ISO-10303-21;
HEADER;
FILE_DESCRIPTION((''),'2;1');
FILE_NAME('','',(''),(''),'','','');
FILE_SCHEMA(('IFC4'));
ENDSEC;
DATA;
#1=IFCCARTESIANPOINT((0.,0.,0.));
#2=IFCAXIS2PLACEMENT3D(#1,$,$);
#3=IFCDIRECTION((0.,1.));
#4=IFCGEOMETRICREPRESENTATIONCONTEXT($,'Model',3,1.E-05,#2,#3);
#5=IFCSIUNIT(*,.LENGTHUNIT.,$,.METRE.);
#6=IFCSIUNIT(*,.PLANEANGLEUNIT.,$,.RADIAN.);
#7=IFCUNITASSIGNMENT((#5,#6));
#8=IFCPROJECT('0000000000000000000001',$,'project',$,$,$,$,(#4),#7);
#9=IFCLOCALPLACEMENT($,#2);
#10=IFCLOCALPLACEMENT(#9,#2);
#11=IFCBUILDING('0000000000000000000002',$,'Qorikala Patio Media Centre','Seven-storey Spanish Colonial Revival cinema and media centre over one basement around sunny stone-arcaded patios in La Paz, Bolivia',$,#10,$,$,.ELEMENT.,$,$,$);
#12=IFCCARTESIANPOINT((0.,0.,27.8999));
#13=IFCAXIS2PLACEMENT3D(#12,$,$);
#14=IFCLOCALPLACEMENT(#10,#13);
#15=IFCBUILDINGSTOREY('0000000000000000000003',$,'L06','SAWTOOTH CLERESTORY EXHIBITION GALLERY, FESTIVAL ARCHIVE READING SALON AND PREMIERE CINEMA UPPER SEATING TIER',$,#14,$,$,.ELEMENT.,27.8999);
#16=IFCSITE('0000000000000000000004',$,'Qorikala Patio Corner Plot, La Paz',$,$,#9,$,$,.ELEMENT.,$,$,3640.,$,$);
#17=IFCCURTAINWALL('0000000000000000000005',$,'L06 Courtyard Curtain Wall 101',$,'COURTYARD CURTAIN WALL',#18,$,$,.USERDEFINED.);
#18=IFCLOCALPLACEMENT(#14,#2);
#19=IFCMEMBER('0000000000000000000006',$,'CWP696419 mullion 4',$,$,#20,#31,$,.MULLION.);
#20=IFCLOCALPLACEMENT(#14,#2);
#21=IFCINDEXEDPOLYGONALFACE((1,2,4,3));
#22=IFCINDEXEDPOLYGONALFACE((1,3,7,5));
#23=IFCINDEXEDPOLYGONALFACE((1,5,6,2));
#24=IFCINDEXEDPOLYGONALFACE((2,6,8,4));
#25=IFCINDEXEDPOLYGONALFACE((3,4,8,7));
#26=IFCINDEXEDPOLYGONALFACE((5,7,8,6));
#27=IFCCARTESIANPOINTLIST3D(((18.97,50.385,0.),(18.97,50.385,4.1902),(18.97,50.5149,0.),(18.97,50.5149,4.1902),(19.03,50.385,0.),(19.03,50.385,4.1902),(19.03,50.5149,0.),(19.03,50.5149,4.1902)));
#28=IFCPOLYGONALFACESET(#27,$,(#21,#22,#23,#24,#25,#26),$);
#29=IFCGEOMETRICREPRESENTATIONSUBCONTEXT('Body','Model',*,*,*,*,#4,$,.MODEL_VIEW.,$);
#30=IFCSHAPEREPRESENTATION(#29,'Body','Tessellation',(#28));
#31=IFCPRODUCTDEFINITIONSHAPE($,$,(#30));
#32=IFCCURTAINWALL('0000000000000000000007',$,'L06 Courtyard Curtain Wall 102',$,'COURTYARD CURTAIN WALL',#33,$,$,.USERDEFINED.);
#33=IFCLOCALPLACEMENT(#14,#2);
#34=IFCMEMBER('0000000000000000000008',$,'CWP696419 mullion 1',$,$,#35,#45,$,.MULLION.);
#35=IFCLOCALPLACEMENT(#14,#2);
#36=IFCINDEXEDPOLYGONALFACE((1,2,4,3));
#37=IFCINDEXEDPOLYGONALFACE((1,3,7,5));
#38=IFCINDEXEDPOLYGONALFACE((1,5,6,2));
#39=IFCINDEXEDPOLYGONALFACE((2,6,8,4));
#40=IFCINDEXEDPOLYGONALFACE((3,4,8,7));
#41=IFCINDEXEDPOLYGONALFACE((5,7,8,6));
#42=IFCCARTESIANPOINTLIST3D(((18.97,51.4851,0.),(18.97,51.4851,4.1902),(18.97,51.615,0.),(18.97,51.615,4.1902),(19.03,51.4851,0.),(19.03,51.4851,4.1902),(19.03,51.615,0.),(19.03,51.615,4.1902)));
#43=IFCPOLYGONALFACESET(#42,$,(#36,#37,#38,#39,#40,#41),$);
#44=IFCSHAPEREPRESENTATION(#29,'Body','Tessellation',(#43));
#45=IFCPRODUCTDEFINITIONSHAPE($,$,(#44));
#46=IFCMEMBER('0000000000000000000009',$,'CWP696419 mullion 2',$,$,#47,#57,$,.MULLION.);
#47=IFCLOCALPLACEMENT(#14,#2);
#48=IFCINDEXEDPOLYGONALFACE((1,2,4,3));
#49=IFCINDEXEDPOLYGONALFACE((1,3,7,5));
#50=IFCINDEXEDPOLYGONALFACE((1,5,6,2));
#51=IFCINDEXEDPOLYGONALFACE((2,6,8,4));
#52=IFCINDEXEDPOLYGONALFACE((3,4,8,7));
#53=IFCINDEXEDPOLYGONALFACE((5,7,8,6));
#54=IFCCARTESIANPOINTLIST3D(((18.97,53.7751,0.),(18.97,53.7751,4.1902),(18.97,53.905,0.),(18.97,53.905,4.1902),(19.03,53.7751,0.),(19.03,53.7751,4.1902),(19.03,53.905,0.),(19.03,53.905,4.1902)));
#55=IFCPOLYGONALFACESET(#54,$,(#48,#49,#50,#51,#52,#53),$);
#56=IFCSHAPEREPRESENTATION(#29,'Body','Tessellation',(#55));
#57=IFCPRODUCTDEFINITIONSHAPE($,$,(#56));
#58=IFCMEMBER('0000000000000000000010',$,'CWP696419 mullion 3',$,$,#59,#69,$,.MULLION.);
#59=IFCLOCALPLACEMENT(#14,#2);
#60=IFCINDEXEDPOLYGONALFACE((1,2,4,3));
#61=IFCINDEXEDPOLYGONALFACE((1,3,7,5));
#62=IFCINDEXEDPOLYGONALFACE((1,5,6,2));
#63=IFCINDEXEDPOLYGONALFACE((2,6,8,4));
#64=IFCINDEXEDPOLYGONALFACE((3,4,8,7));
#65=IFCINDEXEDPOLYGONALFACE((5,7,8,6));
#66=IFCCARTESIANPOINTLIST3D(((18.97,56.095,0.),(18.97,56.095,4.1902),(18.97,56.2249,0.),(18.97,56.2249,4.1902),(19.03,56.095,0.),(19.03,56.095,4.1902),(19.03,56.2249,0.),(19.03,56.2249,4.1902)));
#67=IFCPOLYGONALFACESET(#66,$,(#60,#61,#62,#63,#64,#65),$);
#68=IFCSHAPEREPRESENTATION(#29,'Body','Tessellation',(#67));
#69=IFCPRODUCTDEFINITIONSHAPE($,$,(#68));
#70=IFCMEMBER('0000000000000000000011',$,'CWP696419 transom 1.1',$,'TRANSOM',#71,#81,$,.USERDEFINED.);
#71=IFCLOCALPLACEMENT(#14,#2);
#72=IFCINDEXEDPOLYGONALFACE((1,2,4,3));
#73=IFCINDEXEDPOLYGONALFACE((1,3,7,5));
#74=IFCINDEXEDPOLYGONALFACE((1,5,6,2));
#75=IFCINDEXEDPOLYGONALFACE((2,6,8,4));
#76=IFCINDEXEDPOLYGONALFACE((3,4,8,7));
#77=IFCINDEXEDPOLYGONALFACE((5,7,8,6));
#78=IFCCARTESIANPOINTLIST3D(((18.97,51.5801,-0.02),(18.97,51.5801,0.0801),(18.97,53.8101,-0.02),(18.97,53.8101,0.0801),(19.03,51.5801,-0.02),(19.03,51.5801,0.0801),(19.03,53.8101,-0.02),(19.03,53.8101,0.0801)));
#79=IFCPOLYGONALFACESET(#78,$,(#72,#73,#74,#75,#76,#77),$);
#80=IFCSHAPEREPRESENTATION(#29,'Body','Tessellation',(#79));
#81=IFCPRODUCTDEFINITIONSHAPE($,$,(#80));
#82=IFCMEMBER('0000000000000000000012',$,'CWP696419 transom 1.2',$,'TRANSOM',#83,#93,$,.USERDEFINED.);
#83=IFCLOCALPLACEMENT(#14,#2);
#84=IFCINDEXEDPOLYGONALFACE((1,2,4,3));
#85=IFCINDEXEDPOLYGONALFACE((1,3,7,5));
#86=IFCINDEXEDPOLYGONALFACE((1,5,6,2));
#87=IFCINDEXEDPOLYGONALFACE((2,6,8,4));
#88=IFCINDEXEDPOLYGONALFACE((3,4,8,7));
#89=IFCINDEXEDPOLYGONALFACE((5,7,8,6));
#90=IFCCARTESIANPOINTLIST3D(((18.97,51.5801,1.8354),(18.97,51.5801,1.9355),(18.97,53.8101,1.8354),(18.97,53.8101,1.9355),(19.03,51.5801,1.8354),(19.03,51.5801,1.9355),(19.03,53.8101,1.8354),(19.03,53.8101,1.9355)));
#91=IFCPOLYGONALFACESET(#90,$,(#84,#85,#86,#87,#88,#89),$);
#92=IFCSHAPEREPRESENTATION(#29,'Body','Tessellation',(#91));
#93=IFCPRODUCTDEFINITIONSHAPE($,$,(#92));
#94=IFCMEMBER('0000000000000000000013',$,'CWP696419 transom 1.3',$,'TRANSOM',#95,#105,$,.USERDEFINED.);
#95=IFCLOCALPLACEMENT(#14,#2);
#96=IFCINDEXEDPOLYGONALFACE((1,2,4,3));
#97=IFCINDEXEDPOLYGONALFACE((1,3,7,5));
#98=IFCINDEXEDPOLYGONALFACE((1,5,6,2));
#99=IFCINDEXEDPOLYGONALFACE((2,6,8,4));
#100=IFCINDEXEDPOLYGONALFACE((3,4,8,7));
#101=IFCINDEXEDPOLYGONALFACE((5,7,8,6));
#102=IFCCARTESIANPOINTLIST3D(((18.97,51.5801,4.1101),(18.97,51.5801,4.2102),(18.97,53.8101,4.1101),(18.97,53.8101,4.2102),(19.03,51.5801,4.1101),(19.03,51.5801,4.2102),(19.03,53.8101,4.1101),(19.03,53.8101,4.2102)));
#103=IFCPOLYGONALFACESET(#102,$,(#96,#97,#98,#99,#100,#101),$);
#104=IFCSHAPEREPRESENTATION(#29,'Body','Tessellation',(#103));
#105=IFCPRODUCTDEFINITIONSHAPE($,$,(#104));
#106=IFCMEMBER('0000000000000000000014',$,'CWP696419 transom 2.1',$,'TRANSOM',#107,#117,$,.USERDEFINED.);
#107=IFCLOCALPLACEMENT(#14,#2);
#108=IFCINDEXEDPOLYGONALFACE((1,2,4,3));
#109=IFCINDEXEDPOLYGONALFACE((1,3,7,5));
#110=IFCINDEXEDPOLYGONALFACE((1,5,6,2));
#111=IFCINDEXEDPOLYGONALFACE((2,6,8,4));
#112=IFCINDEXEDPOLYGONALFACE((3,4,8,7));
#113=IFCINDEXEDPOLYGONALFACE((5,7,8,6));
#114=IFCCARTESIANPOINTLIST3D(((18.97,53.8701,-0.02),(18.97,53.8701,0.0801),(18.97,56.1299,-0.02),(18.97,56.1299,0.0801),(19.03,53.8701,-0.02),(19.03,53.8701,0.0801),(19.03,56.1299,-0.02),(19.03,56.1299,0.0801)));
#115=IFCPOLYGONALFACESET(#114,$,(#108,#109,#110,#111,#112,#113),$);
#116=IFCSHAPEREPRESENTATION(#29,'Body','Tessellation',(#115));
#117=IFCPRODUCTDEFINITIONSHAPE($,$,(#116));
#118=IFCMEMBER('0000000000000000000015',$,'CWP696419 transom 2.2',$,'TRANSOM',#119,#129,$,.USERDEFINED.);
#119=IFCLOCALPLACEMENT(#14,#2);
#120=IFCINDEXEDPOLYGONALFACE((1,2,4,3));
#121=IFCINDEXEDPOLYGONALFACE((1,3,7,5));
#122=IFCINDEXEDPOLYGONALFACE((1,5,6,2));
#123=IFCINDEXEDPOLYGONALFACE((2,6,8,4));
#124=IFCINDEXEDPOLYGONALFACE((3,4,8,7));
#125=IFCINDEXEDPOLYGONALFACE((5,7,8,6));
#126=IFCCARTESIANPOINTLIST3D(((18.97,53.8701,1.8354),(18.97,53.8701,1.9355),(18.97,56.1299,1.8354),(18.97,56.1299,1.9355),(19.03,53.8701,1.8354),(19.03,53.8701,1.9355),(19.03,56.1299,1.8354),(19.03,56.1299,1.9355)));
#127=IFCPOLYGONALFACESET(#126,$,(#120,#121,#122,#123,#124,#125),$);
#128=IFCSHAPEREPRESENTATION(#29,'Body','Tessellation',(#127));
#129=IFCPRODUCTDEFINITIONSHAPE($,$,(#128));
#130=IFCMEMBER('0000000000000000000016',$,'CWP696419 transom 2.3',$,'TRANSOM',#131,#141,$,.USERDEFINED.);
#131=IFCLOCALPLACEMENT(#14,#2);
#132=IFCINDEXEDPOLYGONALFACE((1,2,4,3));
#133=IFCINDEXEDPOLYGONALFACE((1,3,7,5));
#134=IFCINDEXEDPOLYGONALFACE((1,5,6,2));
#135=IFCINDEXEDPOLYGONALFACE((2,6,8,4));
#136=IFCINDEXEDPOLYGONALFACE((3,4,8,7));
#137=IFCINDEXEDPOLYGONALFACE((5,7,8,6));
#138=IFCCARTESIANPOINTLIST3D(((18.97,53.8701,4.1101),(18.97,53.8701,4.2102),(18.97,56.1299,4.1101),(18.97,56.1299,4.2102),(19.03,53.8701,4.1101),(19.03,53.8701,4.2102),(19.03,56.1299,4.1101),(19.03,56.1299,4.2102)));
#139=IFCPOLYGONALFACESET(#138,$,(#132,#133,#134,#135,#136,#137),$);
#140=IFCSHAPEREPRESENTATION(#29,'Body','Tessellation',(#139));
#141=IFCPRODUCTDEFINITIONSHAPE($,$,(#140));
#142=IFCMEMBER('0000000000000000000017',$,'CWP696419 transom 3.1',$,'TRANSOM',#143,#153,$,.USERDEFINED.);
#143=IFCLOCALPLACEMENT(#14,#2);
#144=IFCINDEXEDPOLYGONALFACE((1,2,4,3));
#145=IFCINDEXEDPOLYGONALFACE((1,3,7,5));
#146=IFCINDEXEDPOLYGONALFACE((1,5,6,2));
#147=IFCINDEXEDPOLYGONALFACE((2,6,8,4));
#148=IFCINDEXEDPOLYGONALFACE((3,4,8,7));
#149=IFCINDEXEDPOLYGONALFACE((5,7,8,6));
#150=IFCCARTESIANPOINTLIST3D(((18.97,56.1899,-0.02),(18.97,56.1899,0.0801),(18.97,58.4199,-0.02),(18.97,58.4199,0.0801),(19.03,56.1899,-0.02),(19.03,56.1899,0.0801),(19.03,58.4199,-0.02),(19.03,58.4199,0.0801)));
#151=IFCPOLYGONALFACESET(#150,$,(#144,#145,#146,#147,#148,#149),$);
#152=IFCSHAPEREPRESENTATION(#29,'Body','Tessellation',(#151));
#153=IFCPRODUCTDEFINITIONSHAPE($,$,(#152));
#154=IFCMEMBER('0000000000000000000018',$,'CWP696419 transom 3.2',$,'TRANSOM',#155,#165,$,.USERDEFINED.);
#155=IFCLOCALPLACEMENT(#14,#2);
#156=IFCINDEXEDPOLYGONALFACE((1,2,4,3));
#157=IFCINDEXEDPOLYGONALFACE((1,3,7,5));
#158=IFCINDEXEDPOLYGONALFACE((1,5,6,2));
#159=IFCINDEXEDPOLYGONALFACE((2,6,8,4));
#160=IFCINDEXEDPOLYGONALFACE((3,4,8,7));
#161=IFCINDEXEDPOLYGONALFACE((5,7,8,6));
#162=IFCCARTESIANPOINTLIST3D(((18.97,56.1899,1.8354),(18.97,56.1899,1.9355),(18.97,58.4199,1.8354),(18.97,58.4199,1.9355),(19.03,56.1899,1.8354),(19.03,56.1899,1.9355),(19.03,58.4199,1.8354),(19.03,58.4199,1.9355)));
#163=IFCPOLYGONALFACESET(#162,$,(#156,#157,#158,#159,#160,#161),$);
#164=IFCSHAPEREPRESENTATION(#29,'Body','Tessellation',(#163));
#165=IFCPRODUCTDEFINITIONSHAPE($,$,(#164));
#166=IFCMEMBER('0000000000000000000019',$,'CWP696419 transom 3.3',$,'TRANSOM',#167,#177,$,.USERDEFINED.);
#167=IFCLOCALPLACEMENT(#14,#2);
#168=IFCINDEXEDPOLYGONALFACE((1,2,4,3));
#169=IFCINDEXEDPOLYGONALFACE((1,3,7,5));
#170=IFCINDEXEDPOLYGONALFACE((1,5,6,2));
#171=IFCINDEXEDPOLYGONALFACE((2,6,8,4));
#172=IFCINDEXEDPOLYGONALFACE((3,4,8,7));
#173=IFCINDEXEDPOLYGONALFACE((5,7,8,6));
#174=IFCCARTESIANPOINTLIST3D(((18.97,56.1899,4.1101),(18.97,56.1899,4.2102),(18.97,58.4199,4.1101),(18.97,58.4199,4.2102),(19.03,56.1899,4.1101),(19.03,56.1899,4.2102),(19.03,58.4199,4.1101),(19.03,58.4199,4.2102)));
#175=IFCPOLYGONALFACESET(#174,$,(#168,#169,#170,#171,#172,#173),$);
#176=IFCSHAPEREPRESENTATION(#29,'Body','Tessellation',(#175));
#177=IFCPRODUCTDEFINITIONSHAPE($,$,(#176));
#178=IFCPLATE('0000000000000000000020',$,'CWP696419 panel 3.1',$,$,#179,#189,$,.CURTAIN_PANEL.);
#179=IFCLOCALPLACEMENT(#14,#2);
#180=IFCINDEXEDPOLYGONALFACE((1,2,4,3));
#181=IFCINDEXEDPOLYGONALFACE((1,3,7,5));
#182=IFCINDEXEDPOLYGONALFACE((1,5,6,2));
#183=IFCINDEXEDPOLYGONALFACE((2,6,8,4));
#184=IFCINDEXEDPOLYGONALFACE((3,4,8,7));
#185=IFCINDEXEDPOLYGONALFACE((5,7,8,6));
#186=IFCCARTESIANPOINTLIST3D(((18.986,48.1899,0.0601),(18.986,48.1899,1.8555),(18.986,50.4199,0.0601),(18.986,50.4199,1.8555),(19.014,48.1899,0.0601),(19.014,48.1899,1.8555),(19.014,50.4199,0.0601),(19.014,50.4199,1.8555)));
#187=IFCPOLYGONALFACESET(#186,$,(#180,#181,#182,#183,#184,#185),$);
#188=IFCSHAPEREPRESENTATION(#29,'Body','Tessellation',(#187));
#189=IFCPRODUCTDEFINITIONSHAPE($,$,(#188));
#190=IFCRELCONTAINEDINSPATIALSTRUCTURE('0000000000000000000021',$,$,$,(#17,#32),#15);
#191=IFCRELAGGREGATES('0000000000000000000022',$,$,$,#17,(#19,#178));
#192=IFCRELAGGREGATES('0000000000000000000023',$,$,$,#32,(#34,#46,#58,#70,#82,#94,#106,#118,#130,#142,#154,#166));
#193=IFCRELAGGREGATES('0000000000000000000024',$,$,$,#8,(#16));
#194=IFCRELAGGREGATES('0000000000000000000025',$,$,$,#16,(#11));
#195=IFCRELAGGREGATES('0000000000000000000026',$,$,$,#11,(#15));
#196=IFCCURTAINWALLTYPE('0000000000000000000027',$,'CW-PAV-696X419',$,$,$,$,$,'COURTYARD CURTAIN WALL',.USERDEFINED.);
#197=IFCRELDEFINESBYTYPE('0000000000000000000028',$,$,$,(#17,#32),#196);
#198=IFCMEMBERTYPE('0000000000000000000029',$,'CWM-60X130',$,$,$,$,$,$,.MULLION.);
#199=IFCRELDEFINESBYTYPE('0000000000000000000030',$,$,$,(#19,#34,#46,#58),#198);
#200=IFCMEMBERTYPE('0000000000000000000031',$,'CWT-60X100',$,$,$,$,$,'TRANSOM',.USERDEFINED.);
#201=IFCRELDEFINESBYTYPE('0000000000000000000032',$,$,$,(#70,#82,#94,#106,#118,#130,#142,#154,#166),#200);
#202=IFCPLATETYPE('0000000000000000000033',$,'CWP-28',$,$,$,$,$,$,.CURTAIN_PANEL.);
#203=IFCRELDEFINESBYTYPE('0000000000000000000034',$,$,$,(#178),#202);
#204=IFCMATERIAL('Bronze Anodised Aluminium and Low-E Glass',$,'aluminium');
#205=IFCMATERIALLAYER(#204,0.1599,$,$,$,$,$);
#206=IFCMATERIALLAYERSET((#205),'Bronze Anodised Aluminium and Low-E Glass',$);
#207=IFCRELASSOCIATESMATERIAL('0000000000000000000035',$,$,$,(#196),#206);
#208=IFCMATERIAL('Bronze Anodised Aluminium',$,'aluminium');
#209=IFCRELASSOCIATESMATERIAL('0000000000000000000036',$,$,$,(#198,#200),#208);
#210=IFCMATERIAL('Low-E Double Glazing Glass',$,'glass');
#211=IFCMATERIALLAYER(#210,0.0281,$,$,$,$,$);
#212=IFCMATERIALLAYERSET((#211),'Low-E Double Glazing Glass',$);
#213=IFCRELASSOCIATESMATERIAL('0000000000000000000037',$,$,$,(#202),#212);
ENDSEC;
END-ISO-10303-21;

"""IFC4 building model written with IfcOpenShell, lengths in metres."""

from ifc_helpers import new_model, si_unit, direction, frame, origin, origin_2d, place, context, subcontext, project, spatial, rectangle, extrude, material, layer, layer_set, material_profile, profile_set, type_object, element, aggregate, save


model = new_model("IFC4")

# Units and contexts
model_context = context("Model", 3, precision=1e-05, world=origin(), true_north=direction((0.0, 1.0)))
body_context = subcontext(model_context, "Body", "Model", "MODEL_VIEW")
ifc_project = project(units=[si_unit("LENGTHUNIT", "METRE"), si_unit("PLANEANGLEUNIT", "RADIAN")], contexts=[model_context])

# Site, building, storey
site_placement = place(None, origin())
site = spatial("IfcSite", under=ifc_project, at=site_placement, Name="Qorikala Patio Corner Plot, La Paz", CompositionType="ELEMENT", RefElevation=3640.0)
building_placement = place(site_placement, origin())
building = spatial("IfcBuilding", under=site, at=building_placement, Name="Qorikala Patio Media Centre", Description="Seven-storey Spanish Colonial Revival cinema and media centre over one basement around sunny stone-arcaded patios in La Paz, Bolivia", CompositionType="ELEMENT")
storey_placement = place(building_placement, frame((0.0, 0.0, 27.8999)))
storey = spatial("IfcBuildingStorey", under=building, at=storey_placement, Name="L06", Description="SAWTOOTH CLERESTORY EXHIBITION GALLERY, FESTIVAL ARCHIVE READING SALON AND PREMIERE CINEMA UPPER SEATING TIER", CompositionType="ELEMENT", Elevation=27.8999)

# Curtain wall, member
ifc_material_1 = material(Name="Bronze Anodised Aluminium and Low-E Glass", Category="aluminium")
ifc_layer_1 = layer(ifc_material_1, 0.1599)
ifc_layer_set_1 = layer_set([ifc_layer_1], Name="Bronze Anodised Aluminium and Low-E Glass")
curtain_wall_type = type_object("IfcCurtainWallType", Name="CW-PAV-696X419", ElementType="COURTYARD CURTAIN WALL", PredefinedType="USERDEFINED", material=ifc_layer_set_1)
curtain_wall_1_placement = place(storey_placement, origin())
curtain_wall_1 = element("IfcCurtainWall", 1, at=curtain_wall_1_placement, inside=storey, type_object=curtain_wall_type, Name="L06 Courtyard Curtain Wall 101", ObjectType="COURTYARD CURTAIN WALL", PredefinedType="USERDEFINED")
ifc_material_2 = material(Name="Bronze Anodised Aluminium", Category="aluminium")
ifc_material_profile_1 = material_profile(ifc_material_2, rectangle(XDim=0.0601, YDim=0.1299, at=origin_2d()), Name="ALU MULLION 60x130")
ifc_profile_set_1 = profile_set([ifc_material_profile_1], Name="Bronze Anodised Aluminium")
member_type_1 = type_object("IfcMemberType", Name="CWM-60X130", PredefinedType="MULLION", material=ifc_profile_set_1)
member_1_placement = place(storey_placement, frame((19.0, 50.45, 0.0), z_axis=(0.0, 0.0, 1.0), x_axis=(-1.0, 0.0, 0.0)))
member_1 = element("IfcMember", 2, at=member_1_placement, type_object=member_type_1, Name="CWP696419 mullion 4", PredefinedType="MULLION", context=body_context, shape_type="SweptSolid", body=[
    extrude(rectangle(XDim=0.0601, YDim=0.1299, at=origin_2d()), origin(), (0.0, 0.0, 1.0), 4.1902),
])

# Curtain wall, members
curtain_wall_2_placement = place(storey_placement, origin())
curtain_wall_2 = element("IfcCurtainWall", 3, at=curtain_wall_2_placement, inside=storey, type_object=curtain_wall_type, Name="L06 Courtyard Curtain Wall 102", ObjectType="COURTYARD CURTAIN WALL", PredefinedType="USERDEFINED")
member_2_placement = place(storey_placement, frame((19.0, 51.55, 0.0), z_axis=(0.0, 0.0, 1.0), x_axis=(-1.0, 0.0, 0.0)))
member_2 = element("IfcMember", 4, at=member_2_placement, type_object=member_type_1, Name="CWP696419 mullion 1", PredefinedType="MULLION", context=body_context, shape_type="SweptSolid", body=[
    extrude(rectangle(XDim=0.0601, YDim=0.1299, at=origin_2d()), origin(), (0.0, 0.0, 1.0), 4.1902),
])
member_3_placement = place(storey_placement, frame((19.0, 53.8401, 0.0), z_axis=(0.0, 0.0, 1.0), x_axis=(-1.0, 0.0, 0.0)))
member_3 = element("IfcMember", 5, at=member_3_placement, type_object=member_type_1, Name="CWP696419 mullion 2", PredefinedType="MULLION", context=body_context, shape_type="SweptSolid", body=[
    extrude(rectangle(XDim=0.0601, YDim=0.1299, at=origin_2d()), origin(), (0.0, 0.0, 1.0), 4.1902),
])
member_4_placement = place(storey_placement, frame((19.0, 56.1599, 0.0), z_axis=(0.0, 0.0, 1.0), x_axis=(-1.0, 0.0, 0.0)))
member_4 = element("IfcMember", 6, at=member_4_placement, type_object=member_type_1, Name="CWP696419 mullion 3", PredefinedType="MULLION", context=body_context, shape_type="SweptSolid", body=[
    extrude(rectangle(XDim=0.0601, YDim=0.1299, at=origin_2d()), origin(), (0.0, 0.0, 1.0), 4.1902),
])
ifc_material_profile_2 = material_profile(ifc_material_2, rectangle(XDim=0.0601, YDim=0.1001, at=origin_2d()), Name="ALU TRANSOM 60x100")
ifc_profile_set_2 = profile_set([ifc_material_profile_2], Name="Bronze Anodised Aluminium")
member_type_2 = type_object("IfcMemberType", Name="CWT-60X100", ElementType="TRANSOM", PredefinedType="USERDEFINED", material=ifc_profile_set_2)
member_5_placement = place(storey_placement, frame((19.0, 51.5801, 0.03), z_axis=(0.0, 1.0, 0.0), x_axis=(-1.0, 0.0, 0.0)))
member_5 = element("IfcMember", 7, at=member_5_placement, type_object=member_type_2, Name="CWP696419 transom 1.1", ObjectType="TRANSOM", PredefinedType="USERDEFINED", context=body_context, shape_type="SweptSolid", body=[
    extrude(rectangle(XDim=0.0601, YDim=0.1001, at=origin_2d()), origin(), (0.0, 0.0, 1.0), 2.23),
])
member_6_placement = place(storey_placement, frame((19.0, 51.5801, 1.8855), z_axis=(0.0, 1.0, 0.0), x_axis=(-1.0, 0.0, 0.0)))
member_6 = element("IfcMember", 8, at=member_6_placement, type_object=member_type_2, Name="CWP696419 transom 1.2", ObjectType="TRANSOM", PredefinedType="USERDEFINED", context=body_context, shape_type="SweptSolid", body=[
    extrude(rectangle(XDim=0.0601, YDim=0.1001, at=origin_2d()), origin(), (0.0, 0.0, 1.0), 2.23),
])
member_7_placement = place(storey_placement, frame((19.0, 51.5801, 4.1602), z_axis=(0.0, 1.0, 0.0), x_axis=(-1.0, 0.0, 0.0)))
member_7 = element("IfcMember", 9, at=member_7_placement, type_object=member_type_2, Name="CWP696419 transom 1.3", ObjectType="TRANSOM", PredefinedType="USERDEFINED", context=body_context, shape_type="SweptSolid", body=[
    extrude(rectangle(XDim=0.0601, YDim=0.1001, at=origin_2d()), origin(), (0.0, 0.0, 1.0), 2.23),
])
member_8_placement = place(storey_placement, frame((19.0, 53.8701, 0.03), z_axis=(0.0, 1.0, 0.0), x_axis=(-1.0, 0.0, 0.0)))
member_8 = element("IfcMember", 10, at=member_8_placement, type_object=member_type_2, Name="CWP696419 transom 2.1", ObjectType="TRANSOM", PredefinedType="USERDEFINED", context=body_context, shape_type="SweptSolid", body=[
    extrude(rectangle(XDim=0.0601, YDim=0.1001, at=origin_2d()), origin(), (0.0, 0.0, 1.0), 2.2598),
])
member_9_placement = place(storey_placement, frame((19.0, 53.8701, 1.8855), z_axis=(0.0, 1.0, 0.0), x_axis=(-1.0, 0.0, 0.0)))
member_9 = element("IfcMember", 11, at=member_9_placement, type_object=member_type_2, Name="CWP696419 transom 2.2", ObjectType="TRANSOM", PredefinedType="USERDEFINED", context=body_context, shape_type="SweptSolid", body=[
    extrude(rectangle(XDim=0.0601, YDim=0.1001, at=origin_2d()), origin(), (0.0, 0.0, 1.0), 2.2598),
])
member_10_placement = place(storey_placement, frame((19.0, 53.8701, 4.1602), z_axis=(0.0, 1.0, 0.0), x_axis=(-1.0, 0.0, 0.0)))
member_10 = element("IfcMember", 12, at=member_10_placement, type_object=member_type_2, Name="CWP696419 transom 2.3", ObjectType="TRANSOM", PredefinedType="USERDEFINED", context=body_context, shape_type="SweptSolid", body=[
    extrude(rectangle(XDim=0.0601, YDim=0.1001, at=origin_2d()), origin(), (0.0, 0.0, 1.0), 2.2598),
])
member_11_placement = place(storey_placement, frame((19.0, 56.1899, 0.03), z_axis=(0.0, 1.0, 0.0), x_axis=(-1.0, 0.0, 0.0)))
member_11 = element("IfcMember", 13, at=member_11_placement, type_object=member_type_2, Name="CWP696419 transom 3.1", ObjectType="TRANSOM", PredefinedType="USERDEFINED", context=body_context, shape_type="SweptSolid", body=[
    extrude(rectangle(XDim=0.0601, YDim=0.1001, at=origin_2d()), origin(), (0.0, 0.0, 1.0), 2.23),
])
member_12_placement = place(storey_placement, frame((19.0, 56.1899, 1.8855), z_axis=(0.0, 1.0, 0.0), x_axis=(-1.0, 0.0, 0.0)))
member_12 = element("IfcMember", 14, at=member_12_placement, type_object=member_type_2, Name="CWP696419 transom 3.2", ObjectType="TRANSOM", PredefinedType="USERDEFINED", context=body_context, shape_type="SweptSolid", body=[
    extrude(rectangle(XDim=0.0601, YDim=0.1001, at=origin_2d()), origin(), (0.0, 0.0, 1.0), 2.23),
])
member_13_placement = place(storey_placement, frame((19.0, 56.1899, 4.1602), z_axis=(0.0, 1.0, 0.0), x_axis=(-1.0, 0.0, 0.0)))
member_13 = element("IfcMember", 15, at=member_13_placement, type_object=member_type_2, Name="CWP696419 transom 3.3", ObjectType="TRANSOM", PredefinedType="USERDEFINED", context=body_context, shape_type="SweptSolid", body=[
    extrude(rectangle(XDim=0.0601, YDim=0.1001, at=origin_2d()), origin(), (0.0, 0.0, 1.0), 2.23),
])

# Plate
ifc_material_3 = material(Name="Low-E Double Glazing Glass", Category="glass")
ifc_layer_2 = layer(ifc_material_3, 0.0281)
ifc_layer_set_2 = layer_set([ifc_layer_2], Name="Low-E Double Glazing Glass")
plate_type = type_object("IfcPlateType", Name="CWP-28", PredefinedType="CURTAIN_PANEL", material=ifc_layer_set_2)
plate_1_placement = place(storey_placement, frame((19.0, 49.3049, 0.0601), z_axis=(0.0, 0.0, 1.0), x_axis=(0.0, 1.0, 0.0)))
plate_1 = element("IfcPlate", 16, at=plate_1_placement, type_object=plate_type, Name="CWP696419 panel 3.1", PredefinedType="CURTAIN_PANEL", context=body_context, shape_type="SweptSolid", body=[
    extrude(rectangle(XDim=2.23, YDim=0.0281, at=origin_2d()), origin(), (0.0, 0.0, 1.0), 1.7954),
])
aggregate(curtain_wall_1, [member_1, plate_1])
aggregate(curtain_wall_2, [member_2, member_3, member_4, member_5, member_6, member_7, member_8, member_9, member_10, member_11, member_12, member_13])

save(model, "model.ifc")
